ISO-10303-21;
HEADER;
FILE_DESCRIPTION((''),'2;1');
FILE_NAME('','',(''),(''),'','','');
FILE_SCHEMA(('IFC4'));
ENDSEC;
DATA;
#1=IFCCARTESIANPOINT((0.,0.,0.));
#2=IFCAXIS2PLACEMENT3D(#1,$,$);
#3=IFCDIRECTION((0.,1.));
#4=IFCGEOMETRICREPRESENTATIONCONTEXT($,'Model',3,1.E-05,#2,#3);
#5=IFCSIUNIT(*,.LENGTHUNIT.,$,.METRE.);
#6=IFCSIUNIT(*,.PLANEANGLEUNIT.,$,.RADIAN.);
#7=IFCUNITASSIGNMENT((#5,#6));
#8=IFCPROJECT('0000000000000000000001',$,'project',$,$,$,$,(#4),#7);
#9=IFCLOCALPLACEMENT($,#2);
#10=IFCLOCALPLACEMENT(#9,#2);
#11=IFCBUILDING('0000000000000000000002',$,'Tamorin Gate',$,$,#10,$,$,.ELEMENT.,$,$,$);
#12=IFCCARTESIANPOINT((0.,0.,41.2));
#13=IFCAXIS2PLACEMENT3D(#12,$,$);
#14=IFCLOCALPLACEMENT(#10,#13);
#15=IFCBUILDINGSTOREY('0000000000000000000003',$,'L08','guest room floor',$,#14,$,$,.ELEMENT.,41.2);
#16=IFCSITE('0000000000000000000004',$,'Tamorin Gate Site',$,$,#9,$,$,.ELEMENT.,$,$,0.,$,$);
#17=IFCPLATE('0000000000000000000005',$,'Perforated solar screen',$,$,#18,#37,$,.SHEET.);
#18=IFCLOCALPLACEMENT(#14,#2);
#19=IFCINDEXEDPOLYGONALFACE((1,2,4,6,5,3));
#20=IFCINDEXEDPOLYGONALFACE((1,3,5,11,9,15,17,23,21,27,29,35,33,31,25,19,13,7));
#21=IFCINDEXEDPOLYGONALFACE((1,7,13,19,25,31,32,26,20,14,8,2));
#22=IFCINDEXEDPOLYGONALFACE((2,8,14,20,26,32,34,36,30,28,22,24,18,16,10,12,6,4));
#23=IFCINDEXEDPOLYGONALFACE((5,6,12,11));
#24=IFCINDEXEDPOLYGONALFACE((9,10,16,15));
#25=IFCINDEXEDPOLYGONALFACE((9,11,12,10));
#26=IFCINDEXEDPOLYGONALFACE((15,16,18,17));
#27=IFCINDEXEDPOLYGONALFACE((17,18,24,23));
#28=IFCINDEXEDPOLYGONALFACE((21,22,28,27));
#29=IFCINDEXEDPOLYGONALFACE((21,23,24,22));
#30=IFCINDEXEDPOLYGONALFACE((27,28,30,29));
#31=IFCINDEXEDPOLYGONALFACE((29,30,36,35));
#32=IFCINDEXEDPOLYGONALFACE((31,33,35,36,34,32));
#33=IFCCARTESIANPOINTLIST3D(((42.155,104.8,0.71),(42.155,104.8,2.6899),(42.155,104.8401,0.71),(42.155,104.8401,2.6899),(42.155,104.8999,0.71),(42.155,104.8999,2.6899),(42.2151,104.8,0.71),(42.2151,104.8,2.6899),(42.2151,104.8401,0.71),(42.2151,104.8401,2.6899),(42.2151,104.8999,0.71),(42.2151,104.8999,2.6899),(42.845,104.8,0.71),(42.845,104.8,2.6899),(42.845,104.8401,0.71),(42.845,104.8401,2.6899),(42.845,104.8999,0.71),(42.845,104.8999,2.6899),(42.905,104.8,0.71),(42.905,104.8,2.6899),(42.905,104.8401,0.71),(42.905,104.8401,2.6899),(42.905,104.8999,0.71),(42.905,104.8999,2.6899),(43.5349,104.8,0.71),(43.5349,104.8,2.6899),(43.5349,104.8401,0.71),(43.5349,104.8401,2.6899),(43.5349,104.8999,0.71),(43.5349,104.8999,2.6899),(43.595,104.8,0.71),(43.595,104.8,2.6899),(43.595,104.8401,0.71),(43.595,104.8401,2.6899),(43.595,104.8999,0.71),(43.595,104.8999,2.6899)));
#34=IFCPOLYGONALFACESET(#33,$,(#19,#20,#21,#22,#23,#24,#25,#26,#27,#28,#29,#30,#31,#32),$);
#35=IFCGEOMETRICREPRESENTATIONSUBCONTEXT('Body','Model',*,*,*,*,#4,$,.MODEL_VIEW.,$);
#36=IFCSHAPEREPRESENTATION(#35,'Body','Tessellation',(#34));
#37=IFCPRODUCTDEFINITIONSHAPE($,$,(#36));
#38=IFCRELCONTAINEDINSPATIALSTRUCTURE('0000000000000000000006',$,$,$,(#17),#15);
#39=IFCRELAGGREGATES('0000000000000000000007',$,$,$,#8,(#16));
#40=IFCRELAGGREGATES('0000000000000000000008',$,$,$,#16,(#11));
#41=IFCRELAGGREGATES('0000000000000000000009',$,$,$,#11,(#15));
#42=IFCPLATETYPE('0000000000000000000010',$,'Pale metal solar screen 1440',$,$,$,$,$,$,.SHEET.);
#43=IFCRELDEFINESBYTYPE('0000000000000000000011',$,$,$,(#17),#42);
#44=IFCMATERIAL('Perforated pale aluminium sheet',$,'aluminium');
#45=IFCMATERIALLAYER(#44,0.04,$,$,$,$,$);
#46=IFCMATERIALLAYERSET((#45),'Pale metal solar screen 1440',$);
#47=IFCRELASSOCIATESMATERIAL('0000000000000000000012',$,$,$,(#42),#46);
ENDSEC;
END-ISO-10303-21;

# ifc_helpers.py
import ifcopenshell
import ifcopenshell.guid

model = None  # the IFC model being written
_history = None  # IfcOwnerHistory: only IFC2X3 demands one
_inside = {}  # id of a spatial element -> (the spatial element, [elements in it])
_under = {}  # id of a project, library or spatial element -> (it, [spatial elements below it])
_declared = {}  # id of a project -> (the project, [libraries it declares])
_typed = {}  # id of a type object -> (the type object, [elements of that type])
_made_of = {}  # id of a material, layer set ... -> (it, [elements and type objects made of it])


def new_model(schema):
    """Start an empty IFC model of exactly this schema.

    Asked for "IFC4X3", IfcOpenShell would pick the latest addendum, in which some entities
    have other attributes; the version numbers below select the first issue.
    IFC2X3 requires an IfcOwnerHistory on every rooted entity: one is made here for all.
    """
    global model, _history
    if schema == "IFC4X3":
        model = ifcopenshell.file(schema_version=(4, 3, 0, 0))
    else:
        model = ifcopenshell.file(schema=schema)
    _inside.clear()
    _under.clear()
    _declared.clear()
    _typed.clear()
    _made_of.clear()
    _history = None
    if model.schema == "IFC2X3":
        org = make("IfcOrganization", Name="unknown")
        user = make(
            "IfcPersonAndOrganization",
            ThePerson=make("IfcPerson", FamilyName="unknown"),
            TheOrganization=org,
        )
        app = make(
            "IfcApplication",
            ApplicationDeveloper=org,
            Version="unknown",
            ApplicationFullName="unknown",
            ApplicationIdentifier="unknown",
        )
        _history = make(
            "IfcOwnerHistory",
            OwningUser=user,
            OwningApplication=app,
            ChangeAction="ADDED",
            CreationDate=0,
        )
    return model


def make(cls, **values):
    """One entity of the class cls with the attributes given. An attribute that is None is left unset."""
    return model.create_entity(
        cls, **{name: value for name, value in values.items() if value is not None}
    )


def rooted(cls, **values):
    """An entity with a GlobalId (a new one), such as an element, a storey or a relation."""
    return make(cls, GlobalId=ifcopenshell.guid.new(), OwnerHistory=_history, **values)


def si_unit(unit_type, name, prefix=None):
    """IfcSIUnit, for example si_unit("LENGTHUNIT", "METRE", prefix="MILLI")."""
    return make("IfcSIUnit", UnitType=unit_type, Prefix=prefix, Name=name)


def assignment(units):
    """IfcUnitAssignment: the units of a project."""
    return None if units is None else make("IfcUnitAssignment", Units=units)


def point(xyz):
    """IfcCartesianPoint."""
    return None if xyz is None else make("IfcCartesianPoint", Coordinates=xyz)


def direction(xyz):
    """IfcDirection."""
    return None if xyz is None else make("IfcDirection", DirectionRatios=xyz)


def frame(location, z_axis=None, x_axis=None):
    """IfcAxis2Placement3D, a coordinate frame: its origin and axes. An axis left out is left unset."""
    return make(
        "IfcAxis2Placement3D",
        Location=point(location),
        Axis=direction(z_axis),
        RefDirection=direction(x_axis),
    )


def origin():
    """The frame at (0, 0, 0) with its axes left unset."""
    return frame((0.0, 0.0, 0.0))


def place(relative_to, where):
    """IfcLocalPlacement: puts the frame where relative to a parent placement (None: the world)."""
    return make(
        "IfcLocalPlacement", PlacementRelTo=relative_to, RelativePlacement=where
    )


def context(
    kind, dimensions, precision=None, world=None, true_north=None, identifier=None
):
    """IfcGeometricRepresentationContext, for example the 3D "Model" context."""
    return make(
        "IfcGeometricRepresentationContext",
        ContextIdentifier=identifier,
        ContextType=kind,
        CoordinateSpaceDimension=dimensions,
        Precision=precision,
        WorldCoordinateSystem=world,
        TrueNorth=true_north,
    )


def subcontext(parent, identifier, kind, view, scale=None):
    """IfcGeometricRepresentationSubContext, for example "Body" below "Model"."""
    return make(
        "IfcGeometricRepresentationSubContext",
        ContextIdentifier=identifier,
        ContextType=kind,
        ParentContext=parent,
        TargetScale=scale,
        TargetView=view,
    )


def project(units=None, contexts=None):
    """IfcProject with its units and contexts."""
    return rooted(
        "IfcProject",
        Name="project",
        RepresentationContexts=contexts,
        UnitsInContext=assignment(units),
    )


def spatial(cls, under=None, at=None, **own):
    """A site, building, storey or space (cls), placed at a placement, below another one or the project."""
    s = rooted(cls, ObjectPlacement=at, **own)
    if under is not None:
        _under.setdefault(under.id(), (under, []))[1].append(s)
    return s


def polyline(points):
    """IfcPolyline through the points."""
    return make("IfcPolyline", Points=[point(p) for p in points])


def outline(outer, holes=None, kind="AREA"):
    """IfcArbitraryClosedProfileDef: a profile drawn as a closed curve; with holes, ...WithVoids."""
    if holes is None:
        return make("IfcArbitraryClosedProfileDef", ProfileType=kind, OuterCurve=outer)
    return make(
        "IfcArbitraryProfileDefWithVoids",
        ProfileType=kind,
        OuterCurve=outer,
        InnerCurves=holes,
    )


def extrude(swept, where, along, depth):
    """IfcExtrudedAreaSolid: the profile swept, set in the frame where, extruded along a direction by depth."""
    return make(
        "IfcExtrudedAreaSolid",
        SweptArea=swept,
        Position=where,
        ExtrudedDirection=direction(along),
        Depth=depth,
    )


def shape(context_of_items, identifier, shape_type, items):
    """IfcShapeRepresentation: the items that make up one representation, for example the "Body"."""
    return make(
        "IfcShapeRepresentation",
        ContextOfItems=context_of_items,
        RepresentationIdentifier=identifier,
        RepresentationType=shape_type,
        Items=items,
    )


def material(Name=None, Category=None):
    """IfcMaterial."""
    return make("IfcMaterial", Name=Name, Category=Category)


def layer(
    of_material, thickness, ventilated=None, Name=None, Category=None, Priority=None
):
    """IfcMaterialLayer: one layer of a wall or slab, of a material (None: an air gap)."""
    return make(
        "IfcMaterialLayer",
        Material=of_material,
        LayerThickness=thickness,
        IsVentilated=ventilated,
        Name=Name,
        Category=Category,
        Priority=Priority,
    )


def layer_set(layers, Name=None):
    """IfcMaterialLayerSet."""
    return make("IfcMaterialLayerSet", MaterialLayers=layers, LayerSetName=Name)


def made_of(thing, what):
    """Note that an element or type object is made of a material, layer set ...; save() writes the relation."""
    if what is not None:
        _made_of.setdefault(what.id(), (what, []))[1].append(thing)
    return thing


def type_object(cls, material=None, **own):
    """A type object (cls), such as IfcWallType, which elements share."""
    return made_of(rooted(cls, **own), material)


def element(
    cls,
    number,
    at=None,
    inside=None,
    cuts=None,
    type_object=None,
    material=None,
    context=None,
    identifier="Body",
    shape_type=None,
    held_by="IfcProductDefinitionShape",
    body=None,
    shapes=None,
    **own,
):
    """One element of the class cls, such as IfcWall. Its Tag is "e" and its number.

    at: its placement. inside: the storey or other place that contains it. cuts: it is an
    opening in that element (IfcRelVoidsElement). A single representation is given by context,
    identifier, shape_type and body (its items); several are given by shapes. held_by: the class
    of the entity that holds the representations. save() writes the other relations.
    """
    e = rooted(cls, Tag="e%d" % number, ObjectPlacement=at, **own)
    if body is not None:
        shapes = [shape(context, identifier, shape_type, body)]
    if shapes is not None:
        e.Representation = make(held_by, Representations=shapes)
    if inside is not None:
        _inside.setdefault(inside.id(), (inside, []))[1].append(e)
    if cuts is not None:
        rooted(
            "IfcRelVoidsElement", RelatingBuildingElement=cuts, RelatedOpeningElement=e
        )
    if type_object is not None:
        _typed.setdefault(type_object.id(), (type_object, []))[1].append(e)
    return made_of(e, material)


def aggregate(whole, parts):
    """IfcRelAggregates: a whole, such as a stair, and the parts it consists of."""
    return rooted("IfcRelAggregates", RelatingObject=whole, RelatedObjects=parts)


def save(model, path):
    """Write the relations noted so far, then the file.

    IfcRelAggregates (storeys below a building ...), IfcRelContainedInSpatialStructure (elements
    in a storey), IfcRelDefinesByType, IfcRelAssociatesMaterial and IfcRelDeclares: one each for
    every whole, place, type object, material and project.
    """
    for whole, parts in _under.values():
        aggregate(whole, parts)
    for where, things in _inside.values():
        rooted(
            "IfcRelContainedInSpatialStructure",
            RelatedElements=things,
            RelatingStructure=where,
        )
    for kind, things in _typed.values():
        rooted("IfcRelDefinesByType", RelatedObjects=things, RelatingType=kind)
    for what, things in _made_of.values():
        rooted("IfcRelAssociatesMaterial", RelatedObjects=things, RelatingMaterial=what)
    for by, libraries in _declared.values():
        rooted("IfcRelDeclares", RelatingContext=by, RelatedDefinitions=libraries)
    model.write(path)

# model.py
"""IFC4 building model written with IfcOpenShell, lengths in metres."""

from ifc_helpers import new_model, si_unit, direction, frame, origin, place, context, subcontext, project, spatial, polyline, outline, extrude, material, layer, layer_set, type_object, element, save


model = new_model("IFC4")

# Units and contexts
model_context = context("Model", 3, precision=1e-05, world=origin(), true_north=direction((0.0, 1.0)))
body_context = subcontext(model_context, "Body", "Model", "MODEL_VIEW")
ifc_project = project(units=[si_unit("LENGTHUNIT", "METRE"), si_unit("PLANEANGLEUNIT", "RADIAN")], contexts=[model_context])

# Site, building, storey
site_placement = place(None, origin())
site = spatial("IfcSite", under=ifc_project, at=site_placement, Name="Tamorin Gate Site", CompositionType="ELEMENT", RefElevation=0.0)
building_placement = place(site_placement, origin())
building = spatial("IfcBuilding", under=site, at=building_placement, Name="Tamorin Gate", CompositionType="ELEMENT")
storey_placement = place(building_placement, frame((0.0, 0.0, 41.2)))
storey = spatial("IfcBuildingStorey", under=building, at=storey_placement, Name="L08", Description="guest room floor", CompositionType="ELEMENT", Elevation=41.2)

# Plate
ifc_material = material(Name="Perforated pale aluminium sheet", Category="aluminium")
ifc_layer = layer(ifc_material, 0.04)
ifc_layer_set = layer_set([ifc_layer], Name="Pale metal solar screen 1440")
plate_type = type_object("IfcPlateType", Name="Pale metal solar screen 1440", PredefinedType="SHEET", material=ifc_layer_set)
plate_1_placement = place(storey_placement, frame((0.0, 0.0, 0.71)))
element("IfcPlate", 1, at=plate_1_placement, inside=storey, type_object=plate_type, Name="Perforated solar screen", PredefinedType="SHEET", context=body_context, shape_type="SweptSolid", body=[
    extrude(outline(polyline([(43.595, 104.8401), (43.595, 104.8), (43.5349, 104.8), (42.905, 104.8), (42.845, 104.8), (42.2151, 104.8), (42.155, 104.8), (42.155, 104.8401), (42.155, 104.8999), (42.2151, 104.8999), (42.2151, 104.8401), (42.845, 104.8401), (42.845, 104.8999), (42.905, 104.8999), (42.905, 104.8401), (43.5349, 104.8401), (43.5349, 104.8999), (43.595, 104.8999), (43.595, 104.8401)])), origin(), (0.0, 0.0, 1.0), 1.98),
])

save(model, "model.ifc")
